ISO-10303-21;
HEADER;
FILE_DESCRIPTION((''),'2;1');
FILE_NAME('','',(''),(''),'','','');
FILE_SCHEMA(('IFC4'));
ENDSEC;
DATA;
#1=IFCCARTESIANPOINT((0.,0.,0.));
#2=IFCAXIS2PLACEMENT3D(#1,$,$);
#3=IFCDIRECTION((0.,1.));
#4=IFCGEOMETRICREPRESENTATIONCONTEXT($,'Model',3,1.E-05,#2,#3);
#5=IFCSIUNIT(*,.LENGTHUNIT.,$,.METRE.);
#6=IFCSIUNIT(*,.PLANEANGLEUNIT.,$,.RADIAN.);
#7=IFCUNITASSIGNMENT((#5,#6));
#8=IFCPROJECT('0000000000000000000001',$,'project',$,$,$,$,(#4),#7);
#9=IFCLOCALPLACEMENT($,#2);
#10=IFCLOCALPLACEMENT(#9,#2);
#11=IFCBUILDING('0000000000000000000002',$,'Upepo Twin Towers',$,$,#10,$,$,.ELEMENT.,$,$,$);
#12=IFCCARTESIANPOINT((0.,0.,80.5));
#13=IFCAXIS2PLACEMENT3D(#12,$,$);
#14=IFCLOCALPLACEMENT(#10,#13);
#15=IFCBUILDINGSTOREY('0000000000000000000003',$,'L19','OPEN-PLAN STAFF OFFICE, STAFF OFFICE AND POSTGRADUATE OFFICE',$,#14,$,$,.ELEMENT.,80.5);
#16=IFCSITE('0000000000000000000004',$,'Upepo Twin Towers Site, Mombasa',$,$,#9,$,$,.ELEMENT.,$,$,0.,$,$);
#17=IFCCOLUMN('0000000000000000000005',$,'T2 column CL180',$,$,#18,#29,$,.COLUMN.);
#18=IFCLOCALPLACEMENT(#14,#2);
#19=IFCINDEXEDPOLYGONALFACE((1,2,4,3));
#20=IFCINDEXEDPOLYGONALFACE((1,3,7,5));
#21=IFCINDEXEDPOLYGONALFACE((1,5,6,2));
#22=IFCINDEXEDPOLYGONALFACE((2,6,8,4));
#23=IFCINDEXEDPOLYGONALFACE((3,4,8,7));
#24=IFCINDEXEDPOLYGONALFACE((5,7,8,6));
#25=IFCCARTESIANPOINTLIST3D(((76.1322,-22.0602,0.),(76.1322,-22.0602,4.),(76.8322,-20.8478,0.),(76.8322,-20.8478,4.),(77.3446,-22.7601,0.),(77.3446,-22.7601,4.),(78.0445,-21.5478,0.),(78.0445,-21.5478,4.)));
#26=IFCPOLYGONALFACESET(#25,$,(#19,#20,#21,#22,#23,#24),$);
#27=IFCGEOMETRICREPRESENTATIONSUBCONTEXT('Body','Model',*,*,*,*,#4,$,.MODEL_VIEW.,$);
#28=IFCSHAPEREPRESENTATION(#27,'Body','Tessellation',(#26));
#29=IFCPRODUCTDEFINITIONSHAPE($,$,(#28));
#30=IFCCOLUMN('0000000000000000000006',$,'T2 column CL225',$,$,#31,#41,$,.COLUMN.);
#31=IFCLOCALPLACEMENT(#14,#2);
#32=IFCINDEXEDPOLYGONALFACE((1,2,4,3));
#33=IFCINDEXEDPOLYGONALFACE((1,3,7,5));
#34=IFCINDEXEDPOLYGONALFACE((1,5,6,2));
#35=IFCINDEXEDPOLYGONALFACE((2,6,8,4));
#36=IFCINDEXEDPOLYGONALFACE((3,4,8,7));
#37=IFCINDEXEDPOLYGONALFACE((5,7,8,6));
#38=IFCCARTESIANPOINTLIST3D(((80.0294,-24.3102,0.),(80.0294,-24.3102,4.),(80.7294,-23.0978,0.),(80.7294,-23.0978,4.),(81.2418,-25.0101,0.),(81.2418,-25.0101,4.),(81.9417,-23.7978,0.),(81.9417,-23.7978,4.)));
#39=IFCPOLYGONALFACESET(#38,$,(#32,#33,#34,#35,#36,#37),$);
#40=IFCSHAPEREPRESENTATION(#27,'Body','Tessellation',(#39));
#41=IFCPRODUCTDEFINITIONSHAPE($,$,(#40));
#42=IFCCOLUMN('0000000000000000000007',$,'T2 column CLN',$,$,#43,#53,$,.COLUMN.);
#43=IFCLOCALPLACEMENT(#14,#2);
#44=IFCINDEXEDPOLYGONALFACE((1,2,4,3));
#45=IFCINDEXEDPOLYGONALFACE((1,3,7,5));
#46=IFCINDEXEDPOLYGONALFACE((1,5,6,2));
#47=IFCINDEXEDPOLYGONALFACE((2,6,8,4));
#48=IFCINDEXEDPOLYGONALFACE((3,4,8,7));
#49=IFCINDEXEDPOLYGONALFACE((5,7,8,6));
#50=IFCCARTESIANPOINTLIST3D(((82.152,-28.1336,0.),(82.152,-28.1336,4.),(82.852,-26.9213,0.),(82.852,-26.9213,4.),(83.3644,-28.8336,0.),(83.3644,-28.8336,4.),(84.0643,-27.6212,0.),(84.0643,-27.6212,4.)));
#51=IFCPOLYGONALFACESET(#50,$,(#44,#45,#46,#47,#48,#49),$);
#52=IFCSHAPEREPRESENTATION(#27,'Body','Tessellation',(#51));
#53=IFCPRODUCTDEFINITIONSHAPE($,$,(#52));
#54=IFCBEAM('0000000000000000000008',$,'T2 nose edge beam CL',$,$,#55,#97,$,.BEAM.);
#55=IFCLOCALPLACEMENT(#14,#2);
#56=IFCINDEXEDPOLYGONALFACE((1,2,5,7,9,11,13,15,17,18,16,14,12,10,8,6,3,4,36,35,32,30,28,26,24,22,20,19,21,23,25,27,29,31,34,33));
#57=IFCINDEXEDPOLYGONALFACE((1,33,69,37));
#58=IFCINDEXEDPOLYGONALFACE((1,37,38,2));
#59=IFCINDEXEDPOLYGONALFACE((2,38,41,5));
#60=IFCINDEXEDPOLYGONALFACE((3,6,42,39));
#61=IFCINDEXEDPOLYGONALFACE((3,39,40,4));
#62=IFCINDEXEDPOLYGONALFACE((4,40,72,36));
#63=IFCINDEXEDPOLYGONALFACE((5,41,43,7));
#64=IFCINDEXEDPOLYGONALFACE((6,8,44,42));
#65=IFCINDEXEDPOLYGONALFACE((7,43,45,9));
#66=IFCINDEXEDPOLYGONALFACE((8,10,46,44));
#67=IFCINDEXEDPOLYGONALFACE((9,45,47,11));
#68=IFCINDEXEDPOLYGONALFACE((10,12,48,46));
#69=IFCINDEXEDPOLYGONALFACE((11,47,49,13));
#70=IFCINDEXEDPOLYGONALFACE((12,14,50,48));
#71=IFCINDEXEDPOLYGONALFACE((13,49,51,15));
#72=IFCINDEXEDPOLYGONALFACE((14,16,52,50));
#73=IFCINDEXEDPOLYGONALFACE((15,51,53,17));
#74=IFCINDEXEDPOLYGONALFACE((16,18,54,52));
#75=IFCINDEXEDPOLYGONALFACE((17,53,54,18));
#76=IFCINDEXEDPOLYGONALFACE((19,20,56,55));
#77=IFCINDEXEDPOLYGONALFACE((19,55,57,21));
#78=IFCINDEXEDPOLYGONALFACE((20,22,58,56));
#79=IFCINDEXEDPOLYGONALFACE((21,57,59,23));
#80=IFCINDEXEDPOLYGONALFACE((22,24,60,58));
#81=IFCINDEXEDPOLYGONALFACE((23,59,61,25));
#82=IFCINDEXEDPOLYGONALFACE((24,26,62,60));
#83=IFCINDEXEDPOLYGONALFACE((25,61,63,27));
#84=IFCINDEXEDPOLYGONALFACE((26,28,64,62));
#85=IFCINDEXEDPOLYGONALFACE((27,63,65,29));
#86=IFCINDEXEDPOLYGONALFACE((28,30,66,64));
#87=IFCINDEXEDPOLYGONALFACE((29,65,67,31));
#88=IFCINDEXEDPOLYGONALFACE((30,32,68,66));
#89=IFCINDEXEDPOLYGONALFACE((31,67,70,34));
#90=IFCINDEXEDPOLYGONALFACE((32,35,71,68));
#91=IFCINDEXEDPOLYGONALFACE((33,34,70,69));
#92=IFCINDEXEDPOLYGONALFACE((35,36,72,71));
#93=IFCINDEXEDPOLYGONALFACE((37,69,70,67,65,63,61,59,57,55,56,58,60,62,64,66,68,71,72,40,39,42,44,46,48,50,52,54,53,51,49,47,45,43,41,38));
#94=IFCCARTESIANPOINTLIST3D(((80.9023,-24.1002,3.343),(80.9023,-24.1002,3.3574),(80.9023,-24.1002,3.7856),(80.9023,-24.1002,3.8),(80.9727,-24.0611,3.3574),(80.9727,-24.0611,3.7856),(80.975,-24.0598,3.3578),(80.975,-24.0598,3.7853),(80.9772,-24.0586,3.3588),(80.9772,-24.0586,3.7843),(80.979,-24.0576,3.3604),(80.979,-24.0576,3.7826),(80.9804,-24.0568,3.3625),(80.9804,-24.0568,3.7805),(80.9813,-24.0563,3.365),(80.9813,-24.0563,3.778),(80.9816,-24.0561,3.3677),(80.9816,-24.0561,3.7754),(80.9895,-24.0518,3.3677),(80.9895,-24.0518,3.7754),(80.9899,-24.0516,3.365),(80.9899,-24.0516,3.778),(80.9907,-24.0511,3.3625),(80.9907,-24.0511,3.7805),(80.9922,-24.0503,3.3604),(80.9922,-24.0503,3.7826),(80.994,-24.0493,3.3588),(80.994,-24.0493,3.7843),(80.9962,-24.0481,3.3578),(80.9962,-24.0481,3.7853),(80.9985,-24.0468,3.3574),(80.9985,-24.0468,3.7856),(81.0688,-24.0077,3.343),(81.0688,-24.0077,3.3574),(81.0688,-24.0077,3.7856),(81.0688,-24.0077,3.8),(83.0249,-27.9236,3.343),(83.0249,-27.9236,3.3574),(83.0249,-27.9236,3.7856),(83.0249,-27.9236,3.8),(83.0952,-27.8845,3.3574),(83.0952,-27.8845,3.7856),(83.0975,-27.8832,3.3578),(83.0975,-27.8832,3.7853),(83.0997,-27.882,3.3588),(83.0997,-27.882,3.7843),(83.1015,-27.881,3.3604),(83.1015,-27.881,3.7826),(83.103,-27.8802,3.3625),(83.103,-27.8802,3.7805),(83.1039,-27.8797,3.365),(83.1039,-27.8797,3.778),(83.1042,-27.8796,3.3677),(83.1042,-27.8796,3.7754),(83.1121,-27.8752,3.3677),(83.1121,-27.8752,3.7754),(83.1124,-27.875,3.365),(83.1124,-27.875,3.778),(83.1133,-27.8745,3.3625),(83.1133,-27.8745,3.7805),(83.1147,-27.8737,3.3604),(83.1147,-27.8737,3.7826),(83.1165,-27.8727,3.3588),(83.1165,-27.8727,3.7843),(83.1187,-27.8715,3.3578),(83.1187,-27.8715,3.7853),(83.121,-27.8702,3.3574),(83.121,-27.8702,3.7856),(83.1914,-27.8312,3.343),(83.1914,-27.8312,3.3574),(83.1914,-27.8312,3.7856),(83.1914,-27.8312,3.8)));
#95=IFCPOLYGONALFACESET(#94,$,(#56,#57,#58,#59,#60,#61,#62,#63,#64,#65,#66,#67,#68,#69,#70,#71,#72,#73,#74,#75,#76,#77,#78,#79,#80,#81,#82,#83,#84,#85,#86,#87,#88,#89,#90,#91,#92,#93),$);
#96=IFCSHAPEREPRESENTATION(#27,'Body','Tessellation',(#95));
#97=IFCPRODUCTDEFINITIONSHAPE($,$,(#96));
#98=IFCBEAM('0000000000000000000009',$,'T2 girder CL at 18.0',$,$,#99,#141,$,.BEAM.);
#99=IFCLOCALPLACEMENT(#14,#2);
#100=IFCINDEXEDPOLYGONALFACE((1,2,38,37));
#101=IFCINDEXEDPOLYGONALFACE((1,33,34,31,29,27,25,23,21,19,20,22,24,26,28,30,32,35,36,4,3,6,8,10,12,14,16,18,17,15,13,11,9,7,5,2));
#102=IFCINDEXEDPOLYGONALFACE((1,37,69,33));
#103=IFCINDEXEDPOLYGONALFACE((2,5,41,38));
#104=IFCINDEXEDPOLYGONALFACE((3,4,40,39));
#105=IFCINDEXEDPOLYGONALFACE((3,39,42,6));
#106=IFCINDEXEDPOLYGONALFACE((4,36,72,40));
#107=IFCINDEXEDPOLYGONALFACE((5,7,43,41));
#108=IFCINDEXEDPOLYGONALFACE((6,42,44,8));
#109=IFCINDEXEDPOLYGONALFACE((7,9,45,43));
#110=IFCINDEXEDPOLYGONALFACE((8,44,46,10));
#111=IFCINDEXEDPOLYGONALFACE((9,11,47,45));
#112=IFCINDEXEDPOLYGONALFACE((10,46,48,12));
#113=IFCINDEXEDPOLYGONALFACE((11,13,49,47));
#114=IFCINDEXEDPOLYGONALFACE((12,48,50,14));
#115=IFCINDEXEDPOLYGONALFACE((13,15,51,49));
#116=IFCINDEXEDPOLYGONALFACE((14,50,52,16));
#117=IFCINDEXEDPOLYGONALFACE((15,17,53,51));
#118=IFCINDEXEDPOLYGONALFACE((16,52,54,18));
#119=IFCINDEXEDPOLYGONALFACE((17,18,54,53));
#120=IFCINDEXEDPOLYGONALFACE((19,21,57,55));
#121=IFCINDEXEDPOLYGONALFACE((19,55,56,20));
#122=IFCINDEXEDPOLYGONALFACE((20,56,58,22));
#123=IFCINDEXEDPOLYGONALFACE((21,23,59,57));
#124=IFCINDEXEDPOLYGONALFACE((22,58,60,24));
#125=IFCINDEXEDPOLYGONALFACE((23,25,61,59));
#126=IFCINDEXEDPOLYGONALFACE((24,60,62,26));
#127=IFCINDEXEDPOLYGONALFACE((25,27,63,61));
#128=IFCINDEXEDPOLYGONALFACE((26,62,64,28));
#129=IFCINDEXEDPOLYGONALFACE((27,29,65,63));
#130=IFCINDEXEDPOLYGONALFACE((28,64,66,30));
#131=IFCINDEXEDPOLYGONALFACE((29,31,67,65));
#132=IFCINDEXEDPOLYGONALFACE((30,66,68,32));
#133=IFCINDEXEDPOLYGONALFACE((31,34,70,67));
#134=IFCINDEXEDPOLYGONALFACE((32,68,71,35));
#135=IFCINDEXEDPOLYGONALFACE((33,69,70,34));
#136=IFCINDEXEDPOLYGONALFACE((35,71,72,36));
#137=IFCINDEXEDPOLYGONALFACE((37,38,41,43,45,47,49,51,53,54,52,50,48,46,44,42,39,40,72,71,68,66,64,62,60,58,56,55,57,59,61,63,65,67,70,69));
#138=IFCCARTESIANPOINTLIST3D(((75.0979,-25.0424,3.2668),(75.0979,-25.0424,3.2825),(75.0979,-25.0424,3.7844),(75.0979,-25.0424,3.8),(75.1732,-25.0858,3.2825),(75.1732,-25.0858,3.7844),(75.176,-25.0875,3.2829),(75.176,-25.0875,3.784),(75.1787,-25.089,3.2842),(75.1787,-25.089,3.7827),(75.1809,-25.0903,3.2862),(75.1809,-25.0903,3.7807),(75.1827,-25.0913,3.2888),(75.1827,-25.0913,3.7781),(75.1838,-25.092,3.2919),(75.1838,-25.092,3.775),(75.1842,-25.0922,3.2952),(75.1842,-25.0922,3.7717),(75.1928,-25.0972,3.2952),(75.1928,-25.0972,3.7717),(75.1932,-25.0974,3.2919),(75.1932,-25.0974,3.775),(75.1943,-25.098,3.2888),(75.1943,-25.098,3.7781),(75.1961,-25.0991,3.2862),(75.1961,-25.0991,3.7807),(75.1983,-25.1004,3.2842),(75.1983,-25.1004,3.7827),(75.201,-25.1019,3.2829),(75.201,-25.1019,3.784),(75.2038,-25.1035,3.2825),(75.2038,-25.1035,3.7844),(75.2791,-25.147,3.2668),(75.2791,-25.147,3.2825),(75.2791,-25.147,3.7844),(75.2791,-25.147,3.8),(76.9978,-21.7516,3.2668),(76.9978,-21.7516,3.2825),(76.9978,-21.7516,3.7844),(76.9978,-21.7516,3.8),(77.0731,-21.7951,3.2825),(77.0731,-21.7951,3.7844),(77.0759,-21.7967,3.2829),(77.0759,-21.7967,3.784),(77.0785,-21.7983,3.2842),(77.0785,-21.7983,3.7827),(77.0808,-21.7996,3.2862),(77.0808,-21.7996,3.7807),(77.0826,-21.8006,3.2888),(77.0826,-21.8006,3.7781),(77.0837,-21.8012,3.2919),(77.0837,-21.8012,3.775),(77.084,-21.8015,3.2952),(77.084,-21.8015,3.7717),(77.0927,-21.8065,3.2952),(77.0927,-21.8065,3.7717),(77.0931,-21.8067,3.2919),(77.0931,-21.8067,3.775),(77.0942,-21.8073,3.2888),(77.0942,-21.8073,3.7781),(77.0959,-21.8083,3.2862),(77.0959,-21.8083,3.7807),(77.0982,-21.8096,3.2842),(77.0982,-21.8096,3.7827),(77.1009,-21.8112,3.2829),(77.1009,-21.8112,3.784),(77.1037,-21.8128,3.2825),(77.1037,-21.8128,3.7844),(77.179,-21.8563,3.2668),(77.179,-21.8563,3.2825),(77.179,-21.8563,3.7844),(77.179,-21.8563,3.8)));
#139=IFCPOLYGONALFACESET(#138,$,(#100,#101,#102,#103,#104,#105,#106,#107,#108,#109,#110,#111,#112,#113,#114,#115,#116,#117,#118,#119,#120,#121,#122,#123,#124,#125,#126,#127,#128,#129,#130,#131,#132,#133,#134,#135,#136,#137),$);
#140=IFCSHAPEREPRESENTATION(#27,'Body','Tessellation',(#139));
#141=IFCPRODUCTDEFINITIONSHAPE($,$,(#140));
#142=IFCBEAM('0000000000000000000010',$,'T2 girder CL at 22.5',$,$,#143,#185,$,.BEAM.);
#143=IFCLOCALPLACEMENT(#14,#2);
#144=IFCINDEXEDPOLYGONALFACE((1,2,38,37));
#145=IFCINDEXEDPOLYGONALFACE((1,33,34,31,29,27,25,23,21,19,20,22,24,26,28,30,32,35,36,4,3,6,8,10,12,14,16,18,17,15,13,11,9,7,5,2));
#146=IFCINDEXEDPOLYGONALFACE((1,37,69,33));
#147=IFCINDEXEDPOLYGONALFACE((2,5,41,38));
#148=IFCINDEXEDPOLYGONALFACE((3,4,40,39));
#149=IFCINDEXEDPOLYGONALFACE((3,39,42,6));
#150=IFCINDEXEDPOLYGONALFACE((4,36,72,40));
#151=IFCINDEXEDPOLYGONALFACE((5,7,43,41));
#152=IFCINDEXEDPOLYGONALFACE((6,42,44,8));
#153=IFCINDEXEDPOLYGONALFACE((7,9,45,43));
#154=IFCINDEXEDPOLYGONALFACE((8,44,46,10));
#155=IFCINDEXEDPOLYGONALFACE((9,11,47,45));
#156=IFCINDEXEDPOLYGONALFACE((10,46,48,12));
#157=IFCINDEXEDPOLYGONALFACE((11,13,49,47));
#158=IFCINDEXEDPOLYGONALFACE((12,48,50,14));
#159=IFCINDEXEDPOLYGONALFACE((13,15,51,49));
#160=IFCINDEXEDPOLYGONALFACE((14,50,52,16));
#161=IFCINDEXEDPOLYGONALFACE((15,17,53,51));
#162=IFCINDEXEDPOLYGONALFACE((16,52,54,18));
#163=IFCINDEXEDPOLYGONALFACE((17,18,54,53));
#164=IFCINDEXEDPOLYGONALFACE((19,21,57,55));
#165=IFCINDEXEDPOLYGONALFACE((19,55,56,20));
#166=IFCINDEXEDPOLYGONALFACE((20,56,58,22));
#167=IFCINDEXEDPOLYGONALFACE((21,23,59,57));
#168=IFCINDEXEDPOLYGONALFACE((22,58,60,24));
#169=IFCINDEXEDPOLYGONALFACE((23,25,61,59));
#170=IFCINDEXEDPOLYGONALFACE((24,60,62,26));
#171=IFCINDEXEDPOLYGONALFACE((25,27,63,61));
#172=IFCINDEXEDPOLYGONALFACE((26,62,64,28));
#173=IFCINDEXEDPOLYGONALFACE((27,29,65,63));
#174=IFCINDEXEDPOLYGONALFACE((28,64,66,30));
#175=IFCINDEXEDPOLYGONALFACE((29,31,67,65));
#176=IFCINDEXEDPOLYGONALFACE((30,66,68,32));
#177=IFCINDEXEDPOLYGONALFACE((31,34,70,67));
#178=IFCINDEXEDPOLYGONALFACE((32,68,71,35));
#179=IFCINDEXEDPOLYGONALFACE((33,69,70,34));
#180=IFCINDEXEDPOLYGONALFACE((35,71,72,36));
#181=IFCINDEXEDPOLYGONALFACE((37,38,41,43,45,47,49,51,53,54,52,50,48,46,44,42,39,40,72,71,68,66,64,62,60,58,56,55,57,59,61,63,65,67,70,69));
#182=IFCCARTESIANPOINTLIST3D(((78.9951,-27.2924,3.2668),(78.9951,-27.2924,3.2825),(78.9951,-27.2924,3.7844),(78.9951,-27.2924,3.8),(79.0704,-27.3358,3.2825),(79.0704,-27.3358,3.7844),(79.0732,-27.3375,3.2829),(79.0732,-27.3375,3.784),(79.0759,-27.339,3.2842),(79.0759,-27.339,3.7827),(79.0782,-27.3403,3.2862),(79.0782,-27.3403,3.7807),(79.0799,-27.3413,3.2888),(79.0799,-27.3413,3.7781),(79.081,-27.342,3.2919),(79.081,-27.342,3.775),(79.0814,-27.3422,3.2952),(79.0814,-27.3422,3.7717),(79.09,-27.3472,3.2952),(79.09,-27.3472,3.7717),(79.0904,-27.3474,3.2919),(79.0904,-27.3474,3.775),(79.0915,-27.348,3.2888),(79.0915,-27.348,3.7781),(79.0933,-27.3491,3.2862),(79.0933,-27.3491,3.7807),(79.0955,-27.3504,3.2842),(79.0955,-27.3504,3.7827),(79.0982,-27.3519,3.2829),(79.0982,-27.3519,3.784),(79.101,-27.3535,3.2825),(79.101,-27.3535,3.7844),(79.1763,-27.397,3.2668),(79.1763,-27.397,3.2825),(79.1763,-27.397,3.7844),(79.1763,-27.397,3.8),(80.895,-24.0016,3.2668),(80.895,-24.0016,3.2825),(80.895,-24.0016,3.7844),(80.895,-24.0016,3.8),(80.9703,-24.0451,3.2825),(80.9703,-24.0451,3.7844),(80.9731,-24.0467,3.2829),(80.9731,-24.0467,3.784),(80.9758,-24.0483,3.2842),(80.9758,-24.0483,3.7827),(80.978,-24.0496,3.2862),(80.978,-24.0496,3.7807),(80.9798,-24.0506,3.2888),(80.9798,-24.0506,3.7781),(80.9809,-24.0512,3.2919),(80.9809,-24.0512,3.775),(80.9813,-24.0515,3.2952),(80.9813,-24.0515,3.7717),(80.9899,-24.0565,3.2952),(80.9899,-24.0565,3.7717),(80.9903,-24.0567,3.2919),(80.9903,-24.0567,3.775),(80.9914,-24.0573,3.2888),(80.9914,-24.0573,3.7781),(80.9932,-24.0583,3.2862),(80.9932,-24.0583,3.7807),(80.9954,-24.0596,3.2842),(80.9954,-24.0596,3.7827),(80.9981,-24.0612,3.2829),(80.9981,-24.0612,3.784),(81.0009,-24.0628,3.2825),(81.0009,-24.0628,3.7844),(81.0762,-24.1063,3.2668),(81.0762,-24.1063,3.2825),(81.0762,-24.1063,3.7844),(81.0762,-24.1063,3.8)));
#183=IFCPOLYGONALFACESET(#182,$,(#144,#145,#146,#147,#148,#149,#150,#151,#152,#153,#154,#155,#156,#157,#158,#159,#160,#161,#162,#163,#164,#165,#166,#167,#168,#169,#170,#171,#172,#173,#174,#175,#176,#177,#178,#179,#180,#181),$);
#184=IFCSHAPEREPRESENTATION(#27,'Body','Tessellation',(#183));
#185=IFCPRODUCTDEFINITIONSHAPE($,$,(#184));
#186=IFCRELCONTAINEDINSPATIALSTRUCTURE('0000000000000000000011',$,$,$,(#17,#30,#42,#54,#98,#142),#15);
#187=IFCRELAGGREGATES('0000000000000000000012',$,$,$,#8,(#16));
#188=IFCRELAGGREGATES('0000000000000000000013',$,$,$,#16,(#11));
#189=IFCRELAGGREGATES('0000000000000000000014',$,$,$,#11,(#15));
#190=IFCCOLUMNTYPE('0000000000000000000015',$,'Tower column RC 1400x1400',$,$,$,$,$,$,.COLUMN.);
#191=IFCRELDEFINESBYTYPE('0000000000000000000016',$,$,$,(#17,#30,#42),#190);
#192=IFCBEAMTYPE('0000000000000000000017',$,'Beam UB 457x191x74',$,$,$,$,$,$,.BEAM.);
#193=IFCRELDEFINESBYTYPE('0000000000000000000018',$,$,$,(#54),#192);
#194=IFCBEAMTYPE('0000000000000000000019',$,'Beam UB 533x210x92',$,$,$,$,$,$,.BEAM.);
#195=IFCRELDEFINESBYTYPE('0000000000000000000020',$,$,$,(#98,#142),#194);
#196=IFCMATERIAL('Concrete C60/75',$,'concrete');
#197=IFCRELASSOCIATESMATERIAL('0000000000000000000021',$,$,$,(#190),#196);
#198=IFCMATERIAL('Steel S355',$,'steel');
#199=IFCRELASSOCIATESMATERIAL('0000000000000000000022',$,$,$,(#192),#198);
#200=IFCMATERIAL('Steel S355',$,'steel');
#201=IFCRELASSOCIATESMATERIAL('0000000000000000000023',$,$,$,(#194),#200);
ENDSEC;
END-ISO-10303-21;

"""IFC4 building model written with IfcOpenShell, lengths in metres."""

from ifc_helpers import new_model, si_unit, direction, frame, origin, origin_2d, place, context, subcontext, project, spatial, rectangle, i_section, extrude, material, material_profile, profile_set, type_object, element, save


model = new_model("IFC4")

# Units and contexts
model_context = context("Model", 3, precision=1e-05, world=origin(), true_north=direction((0.0, 1.0)))
body_context = subcontext(model_context, "Body", "Model", "MODEL_VIEW")
ifc_project = project(units=[si_unit("LENGTHUNIT", "METRE"), si_unit("PLANEANGLEUNIT", "RADIAN")], contexts=[model_context])

# Site, building, storey
site_placement = place(None, origin())
site = spatial("IfcSite", under=ifc_project, at=site_placement, Name="Upepo Twin Towers Site, Mombasa", CompositionType="ELEMENT", RefElevation=0.0)
building_placement = place(site_placement, origin())
building = spatial("IfcBuilding", under=site, at=building_placement, Name="Upepo Twin Towers", CompositionType="ELEMENT")
storey_placement = place(building_placement, frame((0.0, 0.0, 80.5)))
storey = spatial("IfcBuildingStorey", under=building, at=storey_placement, Name="L19", Description="OPEN-PLAN STAFF OFFICE, STAFF OFFICE AND POSTGRADUATE OFFICE", CompositionType="ELEMENT", Elevation=80.5)

# Columns
ifc_material_1 = material(Name="Concrete C60/75", Category="concrete")
ifc_material_profile_1 = material_profile(ifc_material_1, rectangle(XDim=1.3999, YDim=1.3999, at=origin_2d()), Name="RC 1400x1400")
ifc_profile_set_1 = profile_set([ifc_material_profile_1], Name="Concrete C60/75")
column_type = type_object("IfcColumnType", Name="Tower column RC 1400x1400", PredefinedType="COLUMN", material=ifc_profile_set_1)
for number, where, z_axis, x_axis, name in (
    (1, (77.0884, -21.804, 0.0), (0.0, 0.0, 1.0), (0.5, 0.866025, 0.0), "T2 column CL180"),
    (2, (80.9856, -24.054, 0.0), (0.0, 0.0, 1.0), (0.5, 0.866025, 0.0), "T2 column CL225"),
    (3, (83.1082, -27.8774, 0.0), (0.0, 0.0, 1.0), (0.5, 0.866025, 0.0), "T2 column CLN"),
):
    element("IfcColumn", number, at=place(storey_placement, frame(where, z_axis=z_axis, x_axis=x_axis)), inside=storey, type_object=column_type, Name=name, PredefinedType="COLUMN", context=body_context, shape_type="SweptSolid", body=[
        extrude(rectangle(XDim=1.3999, YDim=1.3999, at=origin_2d()), origin(), (0.0, 0.0, 1.0), 4.0),
    ])

# Beams
ifc_material_2 = material(Name="Steel S355", Category="steel")
ifc_material_profile_2 = material_profile(ifc_material_2, i_section(OverallWidth=0.1904, OverallDepth=0.457, WebThickness=0.009, FlangeThickness=0.0144, FilletRadius=0.0103, at=origin_2d()), Name="UB 457x191x74")
ifc_profile_set_2 = profile_set([ifc_material_profile_2], Name="Steel S355")
beam_type_1 = type_object("IfcBeamType", Name="Beam UB 457x191x74", PredefinedType="BEAM", material=ifc_profile_set_2)
beam_1_placement = place(storey_placement, frame((80.9856, -24.054, 3.5715), z_axis=(0.485363, -0.874313, 0.0), x_axis=(0.874313, 0.485363, 0.0)))
element("IfcBeam", 4, at=beam_1_placement, inside=storey, type_object=beam_type_1, Name="T2 nose edge beam CL", PredefinedType="BEAM", context=body_context, shape_type="SweptSolid", body=[
    extrude(i_section(OverallWidth=0.1904, OverallDepth=0.457, WebThickness=0.009, FlangeThickness=0.0144, FilletRadius=0.0103, at=origin_2d()), origin(), (0.0, 0.0, 1.0), 4.373),
])
ifc_material_3 = material(Name="Steel S355", Category="steel")
ifc_material_profile_3 = material_profile(ifc_material_3, i_section(OverallWidth=0.2092, OverallDepth=0.5332, WebThickness=0.01, FlangeThickness=0.0156, FilletRadius=0.0127, at=origin_2d()), Name="UB 533x210x92")
ifc_profile_set_3 = profile_set([ifc_material_profile_3], Name="Steel S355")
beam_type_2 = type_object("IfcBeamType", Name="Beam UB 533x210x92", PredefinedType="BEAM", material=ifc_profile_set_3)
for number, where, z_axis, x_axis, name in (
    (5, (77.0884, -21.804, 3.5334), (-0.499995, -0.866028, 0.0), (0.866028, -0.499995, 0.0), "T2 girder CL at 18.0"),
    (6, (80.9856, -24.054, 3.5334), (-0.499995, -0.866028, 0.0), (0.866028, -0.499995, 0.0), "T2 girder CL at 22.5"),
):
    element("IfcBeam", number, at=place(storey_placement, frame(where, z_axis=z_axis, x_axis=x_axis)), inside=storey, type_object=beam_type_2, Name=name, PredefinedType="BEAM", context=body_context, shape_type="SweptSolid", body=[
        extrude(i_section(OverallWidth=0.2092, OverallDepth=0.5332, WebThickness=0.01, FlangeThickness=0.0156, FilletRadius=0.0127, at=origin_2d()), origin(), (0.0, 0.0, 1.0), 3.7998),
    ])

save(model, "model.ifc")
